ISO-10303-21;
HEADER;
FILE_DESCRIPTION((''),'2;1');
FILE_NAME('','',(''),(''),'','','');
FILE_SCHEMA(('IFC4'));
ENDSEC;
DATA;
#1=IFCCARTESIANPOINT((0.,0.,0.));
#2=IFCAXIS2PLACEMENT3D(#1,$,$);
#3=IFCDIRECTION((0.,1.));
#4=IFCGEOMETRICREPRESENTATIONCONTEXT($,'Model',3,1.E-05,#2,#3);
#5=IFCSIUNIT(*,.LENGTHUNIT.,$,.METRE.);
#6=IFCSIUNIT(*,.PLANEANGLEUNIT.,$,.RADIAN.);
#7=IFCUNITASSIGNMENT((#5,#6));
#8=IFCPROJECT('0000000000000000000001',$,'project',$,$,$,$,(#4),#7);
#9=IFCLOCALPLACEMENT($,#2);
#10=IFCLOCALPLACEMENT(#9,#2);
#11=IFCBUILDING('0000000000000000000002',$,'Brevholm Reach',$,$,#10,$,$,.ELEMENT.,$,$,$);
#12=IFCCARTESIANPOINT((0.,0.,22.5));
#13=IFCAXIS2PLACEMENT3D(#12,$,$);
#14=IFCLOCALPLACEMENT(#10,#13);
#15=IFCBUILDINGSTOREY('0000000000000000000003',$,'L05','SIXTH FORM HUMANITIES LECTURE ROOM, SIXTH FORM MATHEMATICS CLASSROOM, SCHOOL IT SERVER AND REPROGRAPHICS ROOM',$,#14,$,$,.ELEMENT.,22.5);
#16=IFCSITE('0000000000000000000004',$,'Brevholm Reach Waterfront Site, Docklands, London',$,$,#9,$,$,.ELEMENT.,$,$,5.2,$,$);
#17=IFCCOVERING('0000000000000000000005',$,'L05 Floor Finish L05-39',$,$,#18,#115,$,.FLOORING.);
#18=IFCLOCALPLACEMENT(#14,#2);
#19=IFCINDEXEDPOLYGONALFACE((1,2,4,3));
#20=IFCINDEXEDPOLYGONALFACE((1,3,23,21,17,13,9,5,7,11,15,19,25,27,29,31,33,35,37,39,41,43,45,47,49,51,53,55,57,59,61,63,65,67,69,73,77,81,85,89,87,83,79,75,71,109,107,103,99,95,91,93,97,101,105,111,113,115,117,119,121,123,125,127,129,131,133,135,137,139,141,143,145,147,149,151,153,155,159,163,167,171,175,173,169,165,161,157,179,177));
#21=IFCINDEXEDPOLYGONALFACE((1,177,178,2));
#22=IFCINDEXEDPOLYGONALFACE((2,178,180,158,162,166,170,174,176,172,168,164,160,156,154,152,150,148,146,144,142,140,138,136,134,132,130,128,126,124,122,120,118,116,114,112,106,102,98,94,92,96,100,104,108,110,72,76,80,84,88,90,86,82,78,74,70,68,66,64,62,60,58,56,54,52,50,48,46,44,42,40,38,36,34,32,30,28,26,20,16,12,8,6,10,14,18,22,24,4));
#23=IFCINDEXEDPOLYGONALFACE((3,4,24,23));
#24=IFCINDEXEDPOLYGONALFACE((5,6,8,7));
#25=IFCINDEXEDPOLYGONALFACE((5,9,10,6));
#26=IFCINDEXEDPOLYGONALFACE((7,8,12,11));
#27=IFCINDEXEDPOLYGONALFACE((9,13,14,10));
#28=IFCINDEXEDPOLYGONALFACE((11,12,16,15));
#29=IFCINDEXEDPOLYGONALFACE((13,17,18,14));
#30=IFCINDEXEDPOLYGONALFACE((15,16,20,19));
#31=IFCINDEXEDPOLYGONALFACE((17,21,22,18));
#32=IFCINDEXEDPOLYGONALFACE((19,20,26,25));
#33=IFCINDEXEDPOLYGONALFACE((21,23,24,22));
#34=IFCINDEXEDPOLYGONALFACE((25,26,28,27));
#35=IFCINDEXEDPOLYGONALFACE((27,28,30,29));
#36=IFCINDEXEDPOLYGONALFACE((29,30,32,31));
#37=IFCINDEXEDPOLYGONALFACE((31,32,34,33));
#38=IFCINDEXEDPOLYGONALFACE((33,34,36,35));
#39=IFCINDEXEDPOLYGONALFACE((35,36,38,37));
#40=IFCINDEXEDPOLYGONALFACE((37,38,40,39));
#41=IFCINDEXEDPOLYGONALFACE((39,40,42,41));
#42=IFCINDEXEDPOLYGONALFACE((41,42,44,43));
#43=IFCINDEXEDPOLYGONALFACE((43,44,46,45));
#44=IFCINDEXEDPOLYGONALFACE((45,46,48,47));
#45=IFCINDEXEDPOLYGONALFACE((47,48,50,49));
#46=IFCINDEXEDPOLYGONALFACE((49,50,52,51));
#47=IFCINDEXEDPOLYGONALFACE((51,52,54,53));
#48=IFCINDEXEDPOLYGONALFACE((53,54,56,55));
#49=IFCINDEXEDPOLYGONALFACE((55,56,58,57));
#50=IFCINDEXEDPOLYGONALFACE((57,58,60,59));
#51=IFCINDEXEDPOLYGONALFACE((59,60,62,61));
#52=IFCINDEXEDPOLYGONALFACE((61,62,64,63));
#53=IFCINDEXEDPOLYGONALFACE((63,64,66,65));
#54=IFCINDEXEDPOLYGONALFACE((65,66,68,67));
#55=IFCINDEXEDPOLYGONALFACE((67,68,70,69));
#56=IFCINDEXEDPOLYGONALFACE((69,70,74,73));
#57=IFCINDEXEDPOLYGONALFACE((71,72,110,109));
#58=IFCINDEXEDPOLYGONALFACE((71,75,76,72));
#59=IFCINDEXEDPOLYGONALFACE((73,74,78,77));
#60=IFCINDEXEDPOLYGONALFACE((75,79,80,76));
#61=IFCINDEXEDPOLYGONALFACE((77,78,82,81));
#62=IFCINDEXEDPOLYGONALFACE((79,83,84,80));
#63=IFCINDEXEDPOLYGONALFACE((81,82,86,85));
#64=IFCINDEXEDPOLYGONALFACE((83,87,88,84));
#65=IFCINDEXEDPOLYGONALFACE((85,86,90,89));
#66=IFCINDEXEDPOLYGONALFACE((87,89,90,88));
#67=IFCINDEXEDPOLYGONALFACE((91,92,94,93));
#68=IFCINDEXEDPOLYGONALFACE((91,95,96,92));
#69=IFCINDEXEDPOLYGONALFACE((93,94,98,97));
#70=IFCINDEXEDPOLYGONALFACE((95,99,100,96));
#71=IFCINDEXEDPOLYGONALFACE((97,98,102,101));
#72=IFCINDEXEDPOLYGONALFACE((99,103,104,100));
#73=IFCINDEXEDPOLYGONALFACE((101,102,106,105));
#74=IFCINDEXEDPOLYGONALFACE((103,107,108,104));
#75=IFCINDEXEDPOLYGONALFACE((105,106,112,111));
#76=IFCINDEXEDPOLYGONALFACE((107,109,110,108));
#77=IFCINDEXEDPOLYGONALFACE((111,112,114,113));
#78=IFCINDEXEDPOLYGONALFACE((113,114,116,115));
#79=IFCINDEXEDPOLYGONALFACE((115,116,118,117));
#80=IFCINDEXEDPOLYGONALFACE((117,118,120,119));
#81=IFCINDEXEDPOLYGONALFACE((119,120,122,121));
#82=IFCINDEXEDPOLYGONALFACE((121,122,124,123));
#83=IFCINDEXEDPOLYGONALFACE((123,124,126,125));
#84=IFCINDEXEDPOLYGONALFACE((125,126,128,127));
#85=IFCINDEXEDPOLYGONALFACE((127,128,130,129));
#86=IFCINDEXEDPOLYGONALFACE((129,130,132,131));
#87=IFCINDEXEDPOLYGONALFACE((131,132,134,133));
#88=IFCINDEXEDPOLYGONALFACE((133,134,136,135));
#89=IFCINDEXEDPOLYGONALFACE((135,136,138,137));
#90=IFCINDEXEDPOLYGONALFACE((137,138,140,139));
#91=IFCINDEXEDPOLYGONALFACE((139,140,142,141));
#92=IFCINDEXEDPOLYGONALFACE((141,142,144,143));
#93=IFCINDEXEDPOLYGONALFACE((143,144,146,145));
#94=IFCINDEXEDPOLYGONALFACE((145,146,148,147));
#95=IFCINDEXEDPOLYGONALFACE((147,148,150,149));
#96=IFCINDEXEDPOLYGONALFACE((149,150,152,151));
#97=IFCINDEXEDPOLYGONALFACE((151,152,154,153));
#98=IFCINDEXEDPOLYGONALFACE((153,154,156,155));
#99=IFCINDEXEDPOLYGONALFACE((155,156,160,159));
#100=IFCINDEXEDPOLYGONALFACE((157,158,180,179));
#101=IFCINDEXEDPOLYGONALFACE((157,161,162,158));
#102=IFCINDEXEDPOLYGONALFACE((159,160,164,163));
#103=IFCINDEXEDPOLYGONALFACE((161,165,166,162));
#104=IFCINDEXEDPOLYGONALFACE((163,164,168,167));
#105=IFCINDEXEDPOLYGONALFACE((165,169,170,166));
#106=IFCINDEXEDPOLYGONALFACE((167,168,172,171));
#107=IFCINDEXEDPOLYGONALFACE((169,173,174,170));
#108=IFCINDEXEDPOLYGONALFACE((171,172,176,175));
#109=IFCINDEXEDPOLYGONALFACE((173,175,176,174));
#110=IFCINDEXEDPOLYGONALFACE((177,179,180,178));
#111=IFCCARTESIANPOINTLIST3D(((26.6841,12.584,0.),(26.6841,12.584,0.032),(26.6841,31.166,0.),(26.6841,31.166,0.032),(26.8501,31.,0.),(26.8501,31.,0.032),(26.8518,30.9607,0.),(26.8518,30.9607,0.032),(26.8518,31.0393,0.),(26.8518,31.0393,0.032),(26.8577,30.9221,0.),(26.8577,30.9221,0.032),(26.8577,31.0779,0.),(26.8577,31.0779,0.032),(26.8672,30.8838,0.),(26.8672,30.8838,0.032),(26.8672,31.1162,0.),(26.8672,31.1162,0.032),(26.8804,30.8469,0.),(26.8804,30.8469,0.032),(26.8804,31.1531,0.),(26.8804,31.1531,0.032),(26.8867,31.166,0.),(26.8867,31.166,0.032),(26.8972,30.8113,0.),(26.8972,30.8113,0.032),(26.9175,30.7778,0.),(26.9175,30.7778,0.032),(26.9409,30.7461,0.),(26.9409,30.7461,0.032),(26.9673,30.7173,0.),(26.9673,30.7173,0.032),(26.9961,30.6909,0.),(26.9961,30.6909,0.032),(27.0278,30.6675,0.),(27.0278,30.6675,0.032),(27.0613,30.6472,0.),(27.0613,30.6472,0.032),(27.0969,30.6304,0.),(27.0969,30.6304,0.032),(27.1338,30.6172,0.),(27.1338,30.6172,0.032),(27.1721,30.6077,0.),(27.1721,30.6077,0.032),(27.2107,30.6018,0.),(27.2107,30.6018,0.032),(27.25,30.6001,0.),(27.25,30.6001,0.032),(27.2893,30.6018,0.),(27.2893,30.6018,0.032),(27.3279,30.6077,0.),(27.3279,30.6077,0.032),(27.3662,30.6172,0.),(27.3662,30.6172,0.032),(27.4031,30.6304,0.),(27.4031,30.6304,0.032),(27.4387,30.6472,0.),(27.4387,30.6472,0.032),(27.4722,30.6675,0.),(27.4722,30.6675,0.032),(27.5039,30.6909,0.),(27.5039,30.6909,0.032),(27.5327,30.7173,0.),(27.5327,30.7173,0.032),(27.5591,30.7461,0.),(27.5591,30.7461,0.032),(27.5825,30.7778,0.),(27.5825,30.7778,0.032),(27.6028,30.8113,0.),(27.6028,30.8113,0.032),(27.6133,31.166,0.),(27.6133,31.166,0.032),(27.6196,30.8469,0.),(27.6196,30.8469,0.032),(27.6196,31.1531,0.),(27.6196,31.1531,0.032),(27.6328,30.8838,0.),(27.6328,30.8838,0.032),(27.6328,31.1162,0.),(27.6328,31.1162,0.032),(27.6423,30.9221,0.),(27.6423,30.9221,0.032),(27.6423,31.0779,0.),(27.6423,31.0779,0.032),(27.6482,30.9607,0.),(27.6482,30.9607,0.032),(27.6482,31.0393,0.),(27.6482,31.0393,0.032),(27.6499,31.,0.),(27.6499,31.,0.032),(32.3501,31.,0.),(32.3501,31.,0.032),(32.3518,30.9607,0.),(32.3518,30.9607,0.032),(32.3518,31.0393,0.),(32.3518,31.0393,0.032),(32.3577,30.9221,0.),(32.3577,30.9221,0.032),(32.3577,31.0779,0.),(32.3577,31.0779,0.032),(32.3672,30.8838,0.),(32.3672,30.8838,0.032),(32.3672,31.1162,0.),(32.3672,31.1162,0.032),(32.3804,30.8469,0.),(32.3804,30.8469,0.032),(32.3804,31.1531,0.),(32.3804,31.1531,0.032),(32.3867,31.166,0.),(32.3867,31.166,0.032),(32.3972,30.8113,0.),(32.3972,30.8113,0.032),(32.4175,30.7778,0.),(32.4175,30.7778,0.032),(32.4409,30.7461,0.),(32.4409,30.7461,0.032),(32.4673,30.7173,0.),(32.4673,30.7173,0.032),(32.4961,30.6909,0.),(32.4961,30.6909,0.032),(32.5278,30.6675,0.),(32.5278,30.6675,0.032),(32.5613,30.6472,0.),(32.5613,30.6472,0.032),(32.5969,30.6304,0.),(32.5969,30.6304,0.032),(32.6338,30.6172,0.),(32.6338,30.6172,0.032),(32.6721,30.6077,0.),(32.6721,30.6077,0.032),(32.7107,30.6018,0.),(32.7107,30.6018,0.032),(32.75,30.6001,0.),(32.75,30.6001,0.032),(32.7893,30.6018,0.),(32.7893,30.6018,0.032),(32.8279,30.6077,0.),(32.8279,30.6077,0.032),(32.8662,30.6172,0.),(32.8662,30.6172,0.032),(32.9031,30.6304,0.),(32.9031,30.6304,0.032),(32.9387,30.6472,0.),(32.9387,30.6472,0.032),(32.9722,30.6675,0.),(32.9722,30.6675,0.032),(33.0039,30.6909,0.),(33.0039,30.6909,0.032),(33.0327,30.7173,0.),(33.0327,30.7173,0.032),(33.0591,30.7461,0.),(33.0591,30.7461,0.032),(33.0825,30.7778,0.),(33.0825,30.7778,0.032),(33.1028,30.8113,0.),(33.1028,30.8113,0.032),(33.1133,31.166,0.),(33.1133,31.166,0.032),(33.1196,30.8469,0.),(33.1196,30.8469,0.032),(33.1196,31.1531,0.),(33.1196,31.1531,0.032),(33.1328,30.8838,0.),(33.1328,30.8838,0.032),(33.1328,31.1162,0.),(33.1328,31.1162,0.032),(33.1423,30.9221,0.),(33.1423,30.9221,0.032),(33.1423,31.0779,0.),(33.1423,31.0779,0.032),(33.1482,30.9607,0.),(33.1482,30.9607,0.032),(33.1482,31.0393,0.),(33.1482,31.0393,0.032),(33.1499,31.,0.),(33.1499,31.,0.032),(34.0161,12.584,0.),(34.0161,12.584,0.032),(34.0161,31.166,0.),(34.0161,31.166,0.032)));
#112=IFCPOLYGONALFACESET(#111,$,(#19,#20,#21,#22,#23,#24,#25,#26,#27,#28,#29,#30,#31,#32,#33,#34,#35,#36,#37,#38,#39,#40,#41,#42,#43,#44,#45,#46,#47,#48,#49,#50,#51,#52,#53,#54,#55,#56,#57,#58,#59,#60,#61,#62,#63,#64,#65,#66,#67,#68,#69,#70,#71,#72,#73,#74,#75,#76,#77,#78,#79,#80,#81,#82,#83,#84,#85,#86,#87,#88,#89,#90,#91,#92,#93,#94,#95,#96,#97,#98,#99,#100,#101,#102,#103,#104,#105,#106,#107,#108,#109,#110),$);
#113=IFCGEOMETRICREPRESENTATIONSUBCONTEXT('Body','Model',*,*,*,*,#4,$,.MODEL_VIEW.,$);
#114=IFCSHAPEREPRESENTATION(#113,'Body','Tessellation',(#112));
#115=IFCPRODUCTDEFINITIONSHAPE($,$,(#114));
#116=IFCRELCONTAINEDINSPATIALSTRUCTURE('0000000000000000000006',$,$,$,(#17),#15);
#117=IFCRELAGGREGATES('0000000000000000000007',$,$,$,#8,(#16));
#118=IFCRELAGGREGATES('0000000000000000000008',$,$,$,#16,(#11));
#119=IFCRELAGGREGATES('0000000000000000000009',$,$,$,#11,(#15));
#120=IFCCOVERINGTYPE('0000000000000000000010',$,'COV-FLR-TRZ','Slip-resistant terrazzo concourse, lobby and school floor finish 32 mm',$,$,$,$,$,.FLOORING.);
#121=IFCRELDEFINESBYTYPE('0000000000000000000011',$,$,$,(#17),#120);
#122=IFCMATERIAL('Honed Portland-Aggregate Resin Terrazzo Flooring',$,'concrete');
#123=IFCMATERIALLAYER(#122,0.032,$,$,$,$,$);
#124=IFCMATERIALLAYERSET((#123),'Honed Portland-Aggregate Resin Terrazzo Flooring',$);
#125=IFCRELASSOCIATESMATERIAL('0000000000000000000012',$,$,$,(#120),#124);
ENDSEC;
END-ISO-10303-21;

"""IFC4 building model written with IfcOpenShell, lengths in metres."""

from ifc_helpers import new_model, si_unit, direction, frame, origin, place, context, subcontext, project, spatial, polyline, outline, extrude, material, layer, layer_set, type_object, element, save


model = new_model("IFC4")

# Units and contexts
model_context = context("Model", 3, precision=1e-05, world=origin(), true_north=direction((0.0, 1.0)))
body_context = subcontext(model_context, "Body", "Model", "MODEL_VIEW")
ifc_project = project(units=[si_unit("LENGTHUNIT", "METRE"), si_unit("PLANEANGLEUNIT", "RADIAN")], contexts=[model_context])

# Site, building, storey
site_placement = place(None, origin())
site = spatial("IfcSite", under=ifc_project, at=site_placement, Name="Brevholm Reach Waterfront Site, Docklands, London", CompositionType="ELEMENT", RefElevation=5.2)
building_placement = place(site_placement, origin())
building = spatial("IfcBuilding", under=site, at=building_placement, Name="Brevholm Reach", CompositionType="ELEMENT")
storey_placement = place(building_placement, frame((0.0, 0.0, 22.5)))
storey = spatial("IfcBuildingStorey", under=building, at=storey_placement, Name="L05", Description="SIXTH FORM HUMANITIES LECTURE ROOM, SIXTH FORM MATHEMATICS CLASSROOM, SCHOOL IT SERVER AND REPROGRAPHICS ROOM", CompositionType="ELEMENT", Elevation=22.5)

# Covering
ifc_material_1 = material(Name="Honed Portland-Aggregate Resin Terrazzo Flooring", Category="concrete")
ifc_layer_1 = layer(ifc_material_1, 0.032)
ifc_layer_set_1 = layer_set([ifc_layer_1], Name="Honed Portland-Aggregate Resin Terrazzo Flooring")
covering_type_1 = type_object("IfcCoveringType", Name="COV-FLR-TRZ", Description="Slip-resistant terrazzo concourse, lobby and school floor finish 32 mm", PredefinedType="FLOORING", material=ifc_layer_set_1)
covering_1_placement = place(storey_placement, origin())
element("IfcCovering", 1, at=covering_1_placement, inside=storey, type_object=covering_type_1, Name="L05 Floor Finish L05-39", PredefinedType="FLOORING", context=body_context, shape_type="SweptSolid", body=[
    extrude(outline(polyline([(34.0161, 12.584), (26.6841, 12.584), (26.6841, 31.166), (26.8867, 31.166), (26.8804, 31.1531), (26.8672, 31.1162), (26.8577, 31.0779), (26.8518, 31.0393), (26.8501, 31.0), (26.8518, 30.9607), (26.8577, 30.9221), (26.8672, 30.8838), (26.8804, 30.8469), (26.8972, 30.8113), (26.9175, 30.7778), (26.9409, 30.7461), (26.9673, 30.7173), (26.9961, 30.6909), (27.0278, 30.6675), (27.0613, 30.6472), (27.0969, 30.6304), (27.1338, 30.6172), (27.1721, 30.6077), (27.2107, 30.6018), (27.25, 30.6001), (27.2893, 30.6018), (27.3279, 30.6077), (27.3662, 30.6172), (27.4031, 30.6304), (27.4387, 30.6472), (27.4722, 30.6675), (27.5039, 30.6909), (27.5327, 30.7173), (27.5591, 30.7461), (27.5825, 30.7778), (27.6028, 30.8113), (27.6196, 30.8469), (27.6328, 30.8838), (27.6423, 30.9221), (27.6482, 30.9607), (27.6499, 31.0), (27.6482, 31.0393), (27.6423, 31.0779), (27.6328, 31.1162), (27.6196, 31.1531), (27.6133, 31.166), (32.3867, 31.166), (32.3804, 31.1531), (32.3672, 31.1162), (32.3577, 31.0779), (32.3518, 31.0393), (32.3501, 31.0), (32.3518, 30.9607), (32.3577, 30.9221), (32.3672, 30.8838), (32.3804, 30.8469), (32.3972, 30.8113), (32.4175, 30.7778), (32.4409, 30.7461), (32.4673, 30.7173), (32.4961, 30.6909), (32.5278, 30.6675), (32.5613, 30.6472), (32.5969, 30.6304), (32.6338, 30.6172), (32.6721, 30.6077), (32.7107, 30.6018), (32.75, 30.6001), (32.7893, 30.6018), (32.8279, 30.6077), (32.8662, 30.6172), (32.9031, 30.6304), (32.9387, 30.6472), (32.9722, 30.6675), (33.0039, 30.6909), (33.0327, 30.7173), (33.0591, 30.7461), (33.0825, 30.7778), (33.1028, 30.8113), (33.1196, 30.8469), (33.1328, 30.8838), (33.1423, 30.9221), (33.1482, 30.9607), (33.1499, 31.0), (33.1482, 31.0393), (33.1423, 31.0779), (33.1328, 31.1162), (33.1196, 31.1531), (33.1133, 31.166), (34.0161, 31.166), (34.0161, 12.584)])), origin(), (0.0, 0.0, 1.0), 0.032),
])

save(model, "model.ifc")
